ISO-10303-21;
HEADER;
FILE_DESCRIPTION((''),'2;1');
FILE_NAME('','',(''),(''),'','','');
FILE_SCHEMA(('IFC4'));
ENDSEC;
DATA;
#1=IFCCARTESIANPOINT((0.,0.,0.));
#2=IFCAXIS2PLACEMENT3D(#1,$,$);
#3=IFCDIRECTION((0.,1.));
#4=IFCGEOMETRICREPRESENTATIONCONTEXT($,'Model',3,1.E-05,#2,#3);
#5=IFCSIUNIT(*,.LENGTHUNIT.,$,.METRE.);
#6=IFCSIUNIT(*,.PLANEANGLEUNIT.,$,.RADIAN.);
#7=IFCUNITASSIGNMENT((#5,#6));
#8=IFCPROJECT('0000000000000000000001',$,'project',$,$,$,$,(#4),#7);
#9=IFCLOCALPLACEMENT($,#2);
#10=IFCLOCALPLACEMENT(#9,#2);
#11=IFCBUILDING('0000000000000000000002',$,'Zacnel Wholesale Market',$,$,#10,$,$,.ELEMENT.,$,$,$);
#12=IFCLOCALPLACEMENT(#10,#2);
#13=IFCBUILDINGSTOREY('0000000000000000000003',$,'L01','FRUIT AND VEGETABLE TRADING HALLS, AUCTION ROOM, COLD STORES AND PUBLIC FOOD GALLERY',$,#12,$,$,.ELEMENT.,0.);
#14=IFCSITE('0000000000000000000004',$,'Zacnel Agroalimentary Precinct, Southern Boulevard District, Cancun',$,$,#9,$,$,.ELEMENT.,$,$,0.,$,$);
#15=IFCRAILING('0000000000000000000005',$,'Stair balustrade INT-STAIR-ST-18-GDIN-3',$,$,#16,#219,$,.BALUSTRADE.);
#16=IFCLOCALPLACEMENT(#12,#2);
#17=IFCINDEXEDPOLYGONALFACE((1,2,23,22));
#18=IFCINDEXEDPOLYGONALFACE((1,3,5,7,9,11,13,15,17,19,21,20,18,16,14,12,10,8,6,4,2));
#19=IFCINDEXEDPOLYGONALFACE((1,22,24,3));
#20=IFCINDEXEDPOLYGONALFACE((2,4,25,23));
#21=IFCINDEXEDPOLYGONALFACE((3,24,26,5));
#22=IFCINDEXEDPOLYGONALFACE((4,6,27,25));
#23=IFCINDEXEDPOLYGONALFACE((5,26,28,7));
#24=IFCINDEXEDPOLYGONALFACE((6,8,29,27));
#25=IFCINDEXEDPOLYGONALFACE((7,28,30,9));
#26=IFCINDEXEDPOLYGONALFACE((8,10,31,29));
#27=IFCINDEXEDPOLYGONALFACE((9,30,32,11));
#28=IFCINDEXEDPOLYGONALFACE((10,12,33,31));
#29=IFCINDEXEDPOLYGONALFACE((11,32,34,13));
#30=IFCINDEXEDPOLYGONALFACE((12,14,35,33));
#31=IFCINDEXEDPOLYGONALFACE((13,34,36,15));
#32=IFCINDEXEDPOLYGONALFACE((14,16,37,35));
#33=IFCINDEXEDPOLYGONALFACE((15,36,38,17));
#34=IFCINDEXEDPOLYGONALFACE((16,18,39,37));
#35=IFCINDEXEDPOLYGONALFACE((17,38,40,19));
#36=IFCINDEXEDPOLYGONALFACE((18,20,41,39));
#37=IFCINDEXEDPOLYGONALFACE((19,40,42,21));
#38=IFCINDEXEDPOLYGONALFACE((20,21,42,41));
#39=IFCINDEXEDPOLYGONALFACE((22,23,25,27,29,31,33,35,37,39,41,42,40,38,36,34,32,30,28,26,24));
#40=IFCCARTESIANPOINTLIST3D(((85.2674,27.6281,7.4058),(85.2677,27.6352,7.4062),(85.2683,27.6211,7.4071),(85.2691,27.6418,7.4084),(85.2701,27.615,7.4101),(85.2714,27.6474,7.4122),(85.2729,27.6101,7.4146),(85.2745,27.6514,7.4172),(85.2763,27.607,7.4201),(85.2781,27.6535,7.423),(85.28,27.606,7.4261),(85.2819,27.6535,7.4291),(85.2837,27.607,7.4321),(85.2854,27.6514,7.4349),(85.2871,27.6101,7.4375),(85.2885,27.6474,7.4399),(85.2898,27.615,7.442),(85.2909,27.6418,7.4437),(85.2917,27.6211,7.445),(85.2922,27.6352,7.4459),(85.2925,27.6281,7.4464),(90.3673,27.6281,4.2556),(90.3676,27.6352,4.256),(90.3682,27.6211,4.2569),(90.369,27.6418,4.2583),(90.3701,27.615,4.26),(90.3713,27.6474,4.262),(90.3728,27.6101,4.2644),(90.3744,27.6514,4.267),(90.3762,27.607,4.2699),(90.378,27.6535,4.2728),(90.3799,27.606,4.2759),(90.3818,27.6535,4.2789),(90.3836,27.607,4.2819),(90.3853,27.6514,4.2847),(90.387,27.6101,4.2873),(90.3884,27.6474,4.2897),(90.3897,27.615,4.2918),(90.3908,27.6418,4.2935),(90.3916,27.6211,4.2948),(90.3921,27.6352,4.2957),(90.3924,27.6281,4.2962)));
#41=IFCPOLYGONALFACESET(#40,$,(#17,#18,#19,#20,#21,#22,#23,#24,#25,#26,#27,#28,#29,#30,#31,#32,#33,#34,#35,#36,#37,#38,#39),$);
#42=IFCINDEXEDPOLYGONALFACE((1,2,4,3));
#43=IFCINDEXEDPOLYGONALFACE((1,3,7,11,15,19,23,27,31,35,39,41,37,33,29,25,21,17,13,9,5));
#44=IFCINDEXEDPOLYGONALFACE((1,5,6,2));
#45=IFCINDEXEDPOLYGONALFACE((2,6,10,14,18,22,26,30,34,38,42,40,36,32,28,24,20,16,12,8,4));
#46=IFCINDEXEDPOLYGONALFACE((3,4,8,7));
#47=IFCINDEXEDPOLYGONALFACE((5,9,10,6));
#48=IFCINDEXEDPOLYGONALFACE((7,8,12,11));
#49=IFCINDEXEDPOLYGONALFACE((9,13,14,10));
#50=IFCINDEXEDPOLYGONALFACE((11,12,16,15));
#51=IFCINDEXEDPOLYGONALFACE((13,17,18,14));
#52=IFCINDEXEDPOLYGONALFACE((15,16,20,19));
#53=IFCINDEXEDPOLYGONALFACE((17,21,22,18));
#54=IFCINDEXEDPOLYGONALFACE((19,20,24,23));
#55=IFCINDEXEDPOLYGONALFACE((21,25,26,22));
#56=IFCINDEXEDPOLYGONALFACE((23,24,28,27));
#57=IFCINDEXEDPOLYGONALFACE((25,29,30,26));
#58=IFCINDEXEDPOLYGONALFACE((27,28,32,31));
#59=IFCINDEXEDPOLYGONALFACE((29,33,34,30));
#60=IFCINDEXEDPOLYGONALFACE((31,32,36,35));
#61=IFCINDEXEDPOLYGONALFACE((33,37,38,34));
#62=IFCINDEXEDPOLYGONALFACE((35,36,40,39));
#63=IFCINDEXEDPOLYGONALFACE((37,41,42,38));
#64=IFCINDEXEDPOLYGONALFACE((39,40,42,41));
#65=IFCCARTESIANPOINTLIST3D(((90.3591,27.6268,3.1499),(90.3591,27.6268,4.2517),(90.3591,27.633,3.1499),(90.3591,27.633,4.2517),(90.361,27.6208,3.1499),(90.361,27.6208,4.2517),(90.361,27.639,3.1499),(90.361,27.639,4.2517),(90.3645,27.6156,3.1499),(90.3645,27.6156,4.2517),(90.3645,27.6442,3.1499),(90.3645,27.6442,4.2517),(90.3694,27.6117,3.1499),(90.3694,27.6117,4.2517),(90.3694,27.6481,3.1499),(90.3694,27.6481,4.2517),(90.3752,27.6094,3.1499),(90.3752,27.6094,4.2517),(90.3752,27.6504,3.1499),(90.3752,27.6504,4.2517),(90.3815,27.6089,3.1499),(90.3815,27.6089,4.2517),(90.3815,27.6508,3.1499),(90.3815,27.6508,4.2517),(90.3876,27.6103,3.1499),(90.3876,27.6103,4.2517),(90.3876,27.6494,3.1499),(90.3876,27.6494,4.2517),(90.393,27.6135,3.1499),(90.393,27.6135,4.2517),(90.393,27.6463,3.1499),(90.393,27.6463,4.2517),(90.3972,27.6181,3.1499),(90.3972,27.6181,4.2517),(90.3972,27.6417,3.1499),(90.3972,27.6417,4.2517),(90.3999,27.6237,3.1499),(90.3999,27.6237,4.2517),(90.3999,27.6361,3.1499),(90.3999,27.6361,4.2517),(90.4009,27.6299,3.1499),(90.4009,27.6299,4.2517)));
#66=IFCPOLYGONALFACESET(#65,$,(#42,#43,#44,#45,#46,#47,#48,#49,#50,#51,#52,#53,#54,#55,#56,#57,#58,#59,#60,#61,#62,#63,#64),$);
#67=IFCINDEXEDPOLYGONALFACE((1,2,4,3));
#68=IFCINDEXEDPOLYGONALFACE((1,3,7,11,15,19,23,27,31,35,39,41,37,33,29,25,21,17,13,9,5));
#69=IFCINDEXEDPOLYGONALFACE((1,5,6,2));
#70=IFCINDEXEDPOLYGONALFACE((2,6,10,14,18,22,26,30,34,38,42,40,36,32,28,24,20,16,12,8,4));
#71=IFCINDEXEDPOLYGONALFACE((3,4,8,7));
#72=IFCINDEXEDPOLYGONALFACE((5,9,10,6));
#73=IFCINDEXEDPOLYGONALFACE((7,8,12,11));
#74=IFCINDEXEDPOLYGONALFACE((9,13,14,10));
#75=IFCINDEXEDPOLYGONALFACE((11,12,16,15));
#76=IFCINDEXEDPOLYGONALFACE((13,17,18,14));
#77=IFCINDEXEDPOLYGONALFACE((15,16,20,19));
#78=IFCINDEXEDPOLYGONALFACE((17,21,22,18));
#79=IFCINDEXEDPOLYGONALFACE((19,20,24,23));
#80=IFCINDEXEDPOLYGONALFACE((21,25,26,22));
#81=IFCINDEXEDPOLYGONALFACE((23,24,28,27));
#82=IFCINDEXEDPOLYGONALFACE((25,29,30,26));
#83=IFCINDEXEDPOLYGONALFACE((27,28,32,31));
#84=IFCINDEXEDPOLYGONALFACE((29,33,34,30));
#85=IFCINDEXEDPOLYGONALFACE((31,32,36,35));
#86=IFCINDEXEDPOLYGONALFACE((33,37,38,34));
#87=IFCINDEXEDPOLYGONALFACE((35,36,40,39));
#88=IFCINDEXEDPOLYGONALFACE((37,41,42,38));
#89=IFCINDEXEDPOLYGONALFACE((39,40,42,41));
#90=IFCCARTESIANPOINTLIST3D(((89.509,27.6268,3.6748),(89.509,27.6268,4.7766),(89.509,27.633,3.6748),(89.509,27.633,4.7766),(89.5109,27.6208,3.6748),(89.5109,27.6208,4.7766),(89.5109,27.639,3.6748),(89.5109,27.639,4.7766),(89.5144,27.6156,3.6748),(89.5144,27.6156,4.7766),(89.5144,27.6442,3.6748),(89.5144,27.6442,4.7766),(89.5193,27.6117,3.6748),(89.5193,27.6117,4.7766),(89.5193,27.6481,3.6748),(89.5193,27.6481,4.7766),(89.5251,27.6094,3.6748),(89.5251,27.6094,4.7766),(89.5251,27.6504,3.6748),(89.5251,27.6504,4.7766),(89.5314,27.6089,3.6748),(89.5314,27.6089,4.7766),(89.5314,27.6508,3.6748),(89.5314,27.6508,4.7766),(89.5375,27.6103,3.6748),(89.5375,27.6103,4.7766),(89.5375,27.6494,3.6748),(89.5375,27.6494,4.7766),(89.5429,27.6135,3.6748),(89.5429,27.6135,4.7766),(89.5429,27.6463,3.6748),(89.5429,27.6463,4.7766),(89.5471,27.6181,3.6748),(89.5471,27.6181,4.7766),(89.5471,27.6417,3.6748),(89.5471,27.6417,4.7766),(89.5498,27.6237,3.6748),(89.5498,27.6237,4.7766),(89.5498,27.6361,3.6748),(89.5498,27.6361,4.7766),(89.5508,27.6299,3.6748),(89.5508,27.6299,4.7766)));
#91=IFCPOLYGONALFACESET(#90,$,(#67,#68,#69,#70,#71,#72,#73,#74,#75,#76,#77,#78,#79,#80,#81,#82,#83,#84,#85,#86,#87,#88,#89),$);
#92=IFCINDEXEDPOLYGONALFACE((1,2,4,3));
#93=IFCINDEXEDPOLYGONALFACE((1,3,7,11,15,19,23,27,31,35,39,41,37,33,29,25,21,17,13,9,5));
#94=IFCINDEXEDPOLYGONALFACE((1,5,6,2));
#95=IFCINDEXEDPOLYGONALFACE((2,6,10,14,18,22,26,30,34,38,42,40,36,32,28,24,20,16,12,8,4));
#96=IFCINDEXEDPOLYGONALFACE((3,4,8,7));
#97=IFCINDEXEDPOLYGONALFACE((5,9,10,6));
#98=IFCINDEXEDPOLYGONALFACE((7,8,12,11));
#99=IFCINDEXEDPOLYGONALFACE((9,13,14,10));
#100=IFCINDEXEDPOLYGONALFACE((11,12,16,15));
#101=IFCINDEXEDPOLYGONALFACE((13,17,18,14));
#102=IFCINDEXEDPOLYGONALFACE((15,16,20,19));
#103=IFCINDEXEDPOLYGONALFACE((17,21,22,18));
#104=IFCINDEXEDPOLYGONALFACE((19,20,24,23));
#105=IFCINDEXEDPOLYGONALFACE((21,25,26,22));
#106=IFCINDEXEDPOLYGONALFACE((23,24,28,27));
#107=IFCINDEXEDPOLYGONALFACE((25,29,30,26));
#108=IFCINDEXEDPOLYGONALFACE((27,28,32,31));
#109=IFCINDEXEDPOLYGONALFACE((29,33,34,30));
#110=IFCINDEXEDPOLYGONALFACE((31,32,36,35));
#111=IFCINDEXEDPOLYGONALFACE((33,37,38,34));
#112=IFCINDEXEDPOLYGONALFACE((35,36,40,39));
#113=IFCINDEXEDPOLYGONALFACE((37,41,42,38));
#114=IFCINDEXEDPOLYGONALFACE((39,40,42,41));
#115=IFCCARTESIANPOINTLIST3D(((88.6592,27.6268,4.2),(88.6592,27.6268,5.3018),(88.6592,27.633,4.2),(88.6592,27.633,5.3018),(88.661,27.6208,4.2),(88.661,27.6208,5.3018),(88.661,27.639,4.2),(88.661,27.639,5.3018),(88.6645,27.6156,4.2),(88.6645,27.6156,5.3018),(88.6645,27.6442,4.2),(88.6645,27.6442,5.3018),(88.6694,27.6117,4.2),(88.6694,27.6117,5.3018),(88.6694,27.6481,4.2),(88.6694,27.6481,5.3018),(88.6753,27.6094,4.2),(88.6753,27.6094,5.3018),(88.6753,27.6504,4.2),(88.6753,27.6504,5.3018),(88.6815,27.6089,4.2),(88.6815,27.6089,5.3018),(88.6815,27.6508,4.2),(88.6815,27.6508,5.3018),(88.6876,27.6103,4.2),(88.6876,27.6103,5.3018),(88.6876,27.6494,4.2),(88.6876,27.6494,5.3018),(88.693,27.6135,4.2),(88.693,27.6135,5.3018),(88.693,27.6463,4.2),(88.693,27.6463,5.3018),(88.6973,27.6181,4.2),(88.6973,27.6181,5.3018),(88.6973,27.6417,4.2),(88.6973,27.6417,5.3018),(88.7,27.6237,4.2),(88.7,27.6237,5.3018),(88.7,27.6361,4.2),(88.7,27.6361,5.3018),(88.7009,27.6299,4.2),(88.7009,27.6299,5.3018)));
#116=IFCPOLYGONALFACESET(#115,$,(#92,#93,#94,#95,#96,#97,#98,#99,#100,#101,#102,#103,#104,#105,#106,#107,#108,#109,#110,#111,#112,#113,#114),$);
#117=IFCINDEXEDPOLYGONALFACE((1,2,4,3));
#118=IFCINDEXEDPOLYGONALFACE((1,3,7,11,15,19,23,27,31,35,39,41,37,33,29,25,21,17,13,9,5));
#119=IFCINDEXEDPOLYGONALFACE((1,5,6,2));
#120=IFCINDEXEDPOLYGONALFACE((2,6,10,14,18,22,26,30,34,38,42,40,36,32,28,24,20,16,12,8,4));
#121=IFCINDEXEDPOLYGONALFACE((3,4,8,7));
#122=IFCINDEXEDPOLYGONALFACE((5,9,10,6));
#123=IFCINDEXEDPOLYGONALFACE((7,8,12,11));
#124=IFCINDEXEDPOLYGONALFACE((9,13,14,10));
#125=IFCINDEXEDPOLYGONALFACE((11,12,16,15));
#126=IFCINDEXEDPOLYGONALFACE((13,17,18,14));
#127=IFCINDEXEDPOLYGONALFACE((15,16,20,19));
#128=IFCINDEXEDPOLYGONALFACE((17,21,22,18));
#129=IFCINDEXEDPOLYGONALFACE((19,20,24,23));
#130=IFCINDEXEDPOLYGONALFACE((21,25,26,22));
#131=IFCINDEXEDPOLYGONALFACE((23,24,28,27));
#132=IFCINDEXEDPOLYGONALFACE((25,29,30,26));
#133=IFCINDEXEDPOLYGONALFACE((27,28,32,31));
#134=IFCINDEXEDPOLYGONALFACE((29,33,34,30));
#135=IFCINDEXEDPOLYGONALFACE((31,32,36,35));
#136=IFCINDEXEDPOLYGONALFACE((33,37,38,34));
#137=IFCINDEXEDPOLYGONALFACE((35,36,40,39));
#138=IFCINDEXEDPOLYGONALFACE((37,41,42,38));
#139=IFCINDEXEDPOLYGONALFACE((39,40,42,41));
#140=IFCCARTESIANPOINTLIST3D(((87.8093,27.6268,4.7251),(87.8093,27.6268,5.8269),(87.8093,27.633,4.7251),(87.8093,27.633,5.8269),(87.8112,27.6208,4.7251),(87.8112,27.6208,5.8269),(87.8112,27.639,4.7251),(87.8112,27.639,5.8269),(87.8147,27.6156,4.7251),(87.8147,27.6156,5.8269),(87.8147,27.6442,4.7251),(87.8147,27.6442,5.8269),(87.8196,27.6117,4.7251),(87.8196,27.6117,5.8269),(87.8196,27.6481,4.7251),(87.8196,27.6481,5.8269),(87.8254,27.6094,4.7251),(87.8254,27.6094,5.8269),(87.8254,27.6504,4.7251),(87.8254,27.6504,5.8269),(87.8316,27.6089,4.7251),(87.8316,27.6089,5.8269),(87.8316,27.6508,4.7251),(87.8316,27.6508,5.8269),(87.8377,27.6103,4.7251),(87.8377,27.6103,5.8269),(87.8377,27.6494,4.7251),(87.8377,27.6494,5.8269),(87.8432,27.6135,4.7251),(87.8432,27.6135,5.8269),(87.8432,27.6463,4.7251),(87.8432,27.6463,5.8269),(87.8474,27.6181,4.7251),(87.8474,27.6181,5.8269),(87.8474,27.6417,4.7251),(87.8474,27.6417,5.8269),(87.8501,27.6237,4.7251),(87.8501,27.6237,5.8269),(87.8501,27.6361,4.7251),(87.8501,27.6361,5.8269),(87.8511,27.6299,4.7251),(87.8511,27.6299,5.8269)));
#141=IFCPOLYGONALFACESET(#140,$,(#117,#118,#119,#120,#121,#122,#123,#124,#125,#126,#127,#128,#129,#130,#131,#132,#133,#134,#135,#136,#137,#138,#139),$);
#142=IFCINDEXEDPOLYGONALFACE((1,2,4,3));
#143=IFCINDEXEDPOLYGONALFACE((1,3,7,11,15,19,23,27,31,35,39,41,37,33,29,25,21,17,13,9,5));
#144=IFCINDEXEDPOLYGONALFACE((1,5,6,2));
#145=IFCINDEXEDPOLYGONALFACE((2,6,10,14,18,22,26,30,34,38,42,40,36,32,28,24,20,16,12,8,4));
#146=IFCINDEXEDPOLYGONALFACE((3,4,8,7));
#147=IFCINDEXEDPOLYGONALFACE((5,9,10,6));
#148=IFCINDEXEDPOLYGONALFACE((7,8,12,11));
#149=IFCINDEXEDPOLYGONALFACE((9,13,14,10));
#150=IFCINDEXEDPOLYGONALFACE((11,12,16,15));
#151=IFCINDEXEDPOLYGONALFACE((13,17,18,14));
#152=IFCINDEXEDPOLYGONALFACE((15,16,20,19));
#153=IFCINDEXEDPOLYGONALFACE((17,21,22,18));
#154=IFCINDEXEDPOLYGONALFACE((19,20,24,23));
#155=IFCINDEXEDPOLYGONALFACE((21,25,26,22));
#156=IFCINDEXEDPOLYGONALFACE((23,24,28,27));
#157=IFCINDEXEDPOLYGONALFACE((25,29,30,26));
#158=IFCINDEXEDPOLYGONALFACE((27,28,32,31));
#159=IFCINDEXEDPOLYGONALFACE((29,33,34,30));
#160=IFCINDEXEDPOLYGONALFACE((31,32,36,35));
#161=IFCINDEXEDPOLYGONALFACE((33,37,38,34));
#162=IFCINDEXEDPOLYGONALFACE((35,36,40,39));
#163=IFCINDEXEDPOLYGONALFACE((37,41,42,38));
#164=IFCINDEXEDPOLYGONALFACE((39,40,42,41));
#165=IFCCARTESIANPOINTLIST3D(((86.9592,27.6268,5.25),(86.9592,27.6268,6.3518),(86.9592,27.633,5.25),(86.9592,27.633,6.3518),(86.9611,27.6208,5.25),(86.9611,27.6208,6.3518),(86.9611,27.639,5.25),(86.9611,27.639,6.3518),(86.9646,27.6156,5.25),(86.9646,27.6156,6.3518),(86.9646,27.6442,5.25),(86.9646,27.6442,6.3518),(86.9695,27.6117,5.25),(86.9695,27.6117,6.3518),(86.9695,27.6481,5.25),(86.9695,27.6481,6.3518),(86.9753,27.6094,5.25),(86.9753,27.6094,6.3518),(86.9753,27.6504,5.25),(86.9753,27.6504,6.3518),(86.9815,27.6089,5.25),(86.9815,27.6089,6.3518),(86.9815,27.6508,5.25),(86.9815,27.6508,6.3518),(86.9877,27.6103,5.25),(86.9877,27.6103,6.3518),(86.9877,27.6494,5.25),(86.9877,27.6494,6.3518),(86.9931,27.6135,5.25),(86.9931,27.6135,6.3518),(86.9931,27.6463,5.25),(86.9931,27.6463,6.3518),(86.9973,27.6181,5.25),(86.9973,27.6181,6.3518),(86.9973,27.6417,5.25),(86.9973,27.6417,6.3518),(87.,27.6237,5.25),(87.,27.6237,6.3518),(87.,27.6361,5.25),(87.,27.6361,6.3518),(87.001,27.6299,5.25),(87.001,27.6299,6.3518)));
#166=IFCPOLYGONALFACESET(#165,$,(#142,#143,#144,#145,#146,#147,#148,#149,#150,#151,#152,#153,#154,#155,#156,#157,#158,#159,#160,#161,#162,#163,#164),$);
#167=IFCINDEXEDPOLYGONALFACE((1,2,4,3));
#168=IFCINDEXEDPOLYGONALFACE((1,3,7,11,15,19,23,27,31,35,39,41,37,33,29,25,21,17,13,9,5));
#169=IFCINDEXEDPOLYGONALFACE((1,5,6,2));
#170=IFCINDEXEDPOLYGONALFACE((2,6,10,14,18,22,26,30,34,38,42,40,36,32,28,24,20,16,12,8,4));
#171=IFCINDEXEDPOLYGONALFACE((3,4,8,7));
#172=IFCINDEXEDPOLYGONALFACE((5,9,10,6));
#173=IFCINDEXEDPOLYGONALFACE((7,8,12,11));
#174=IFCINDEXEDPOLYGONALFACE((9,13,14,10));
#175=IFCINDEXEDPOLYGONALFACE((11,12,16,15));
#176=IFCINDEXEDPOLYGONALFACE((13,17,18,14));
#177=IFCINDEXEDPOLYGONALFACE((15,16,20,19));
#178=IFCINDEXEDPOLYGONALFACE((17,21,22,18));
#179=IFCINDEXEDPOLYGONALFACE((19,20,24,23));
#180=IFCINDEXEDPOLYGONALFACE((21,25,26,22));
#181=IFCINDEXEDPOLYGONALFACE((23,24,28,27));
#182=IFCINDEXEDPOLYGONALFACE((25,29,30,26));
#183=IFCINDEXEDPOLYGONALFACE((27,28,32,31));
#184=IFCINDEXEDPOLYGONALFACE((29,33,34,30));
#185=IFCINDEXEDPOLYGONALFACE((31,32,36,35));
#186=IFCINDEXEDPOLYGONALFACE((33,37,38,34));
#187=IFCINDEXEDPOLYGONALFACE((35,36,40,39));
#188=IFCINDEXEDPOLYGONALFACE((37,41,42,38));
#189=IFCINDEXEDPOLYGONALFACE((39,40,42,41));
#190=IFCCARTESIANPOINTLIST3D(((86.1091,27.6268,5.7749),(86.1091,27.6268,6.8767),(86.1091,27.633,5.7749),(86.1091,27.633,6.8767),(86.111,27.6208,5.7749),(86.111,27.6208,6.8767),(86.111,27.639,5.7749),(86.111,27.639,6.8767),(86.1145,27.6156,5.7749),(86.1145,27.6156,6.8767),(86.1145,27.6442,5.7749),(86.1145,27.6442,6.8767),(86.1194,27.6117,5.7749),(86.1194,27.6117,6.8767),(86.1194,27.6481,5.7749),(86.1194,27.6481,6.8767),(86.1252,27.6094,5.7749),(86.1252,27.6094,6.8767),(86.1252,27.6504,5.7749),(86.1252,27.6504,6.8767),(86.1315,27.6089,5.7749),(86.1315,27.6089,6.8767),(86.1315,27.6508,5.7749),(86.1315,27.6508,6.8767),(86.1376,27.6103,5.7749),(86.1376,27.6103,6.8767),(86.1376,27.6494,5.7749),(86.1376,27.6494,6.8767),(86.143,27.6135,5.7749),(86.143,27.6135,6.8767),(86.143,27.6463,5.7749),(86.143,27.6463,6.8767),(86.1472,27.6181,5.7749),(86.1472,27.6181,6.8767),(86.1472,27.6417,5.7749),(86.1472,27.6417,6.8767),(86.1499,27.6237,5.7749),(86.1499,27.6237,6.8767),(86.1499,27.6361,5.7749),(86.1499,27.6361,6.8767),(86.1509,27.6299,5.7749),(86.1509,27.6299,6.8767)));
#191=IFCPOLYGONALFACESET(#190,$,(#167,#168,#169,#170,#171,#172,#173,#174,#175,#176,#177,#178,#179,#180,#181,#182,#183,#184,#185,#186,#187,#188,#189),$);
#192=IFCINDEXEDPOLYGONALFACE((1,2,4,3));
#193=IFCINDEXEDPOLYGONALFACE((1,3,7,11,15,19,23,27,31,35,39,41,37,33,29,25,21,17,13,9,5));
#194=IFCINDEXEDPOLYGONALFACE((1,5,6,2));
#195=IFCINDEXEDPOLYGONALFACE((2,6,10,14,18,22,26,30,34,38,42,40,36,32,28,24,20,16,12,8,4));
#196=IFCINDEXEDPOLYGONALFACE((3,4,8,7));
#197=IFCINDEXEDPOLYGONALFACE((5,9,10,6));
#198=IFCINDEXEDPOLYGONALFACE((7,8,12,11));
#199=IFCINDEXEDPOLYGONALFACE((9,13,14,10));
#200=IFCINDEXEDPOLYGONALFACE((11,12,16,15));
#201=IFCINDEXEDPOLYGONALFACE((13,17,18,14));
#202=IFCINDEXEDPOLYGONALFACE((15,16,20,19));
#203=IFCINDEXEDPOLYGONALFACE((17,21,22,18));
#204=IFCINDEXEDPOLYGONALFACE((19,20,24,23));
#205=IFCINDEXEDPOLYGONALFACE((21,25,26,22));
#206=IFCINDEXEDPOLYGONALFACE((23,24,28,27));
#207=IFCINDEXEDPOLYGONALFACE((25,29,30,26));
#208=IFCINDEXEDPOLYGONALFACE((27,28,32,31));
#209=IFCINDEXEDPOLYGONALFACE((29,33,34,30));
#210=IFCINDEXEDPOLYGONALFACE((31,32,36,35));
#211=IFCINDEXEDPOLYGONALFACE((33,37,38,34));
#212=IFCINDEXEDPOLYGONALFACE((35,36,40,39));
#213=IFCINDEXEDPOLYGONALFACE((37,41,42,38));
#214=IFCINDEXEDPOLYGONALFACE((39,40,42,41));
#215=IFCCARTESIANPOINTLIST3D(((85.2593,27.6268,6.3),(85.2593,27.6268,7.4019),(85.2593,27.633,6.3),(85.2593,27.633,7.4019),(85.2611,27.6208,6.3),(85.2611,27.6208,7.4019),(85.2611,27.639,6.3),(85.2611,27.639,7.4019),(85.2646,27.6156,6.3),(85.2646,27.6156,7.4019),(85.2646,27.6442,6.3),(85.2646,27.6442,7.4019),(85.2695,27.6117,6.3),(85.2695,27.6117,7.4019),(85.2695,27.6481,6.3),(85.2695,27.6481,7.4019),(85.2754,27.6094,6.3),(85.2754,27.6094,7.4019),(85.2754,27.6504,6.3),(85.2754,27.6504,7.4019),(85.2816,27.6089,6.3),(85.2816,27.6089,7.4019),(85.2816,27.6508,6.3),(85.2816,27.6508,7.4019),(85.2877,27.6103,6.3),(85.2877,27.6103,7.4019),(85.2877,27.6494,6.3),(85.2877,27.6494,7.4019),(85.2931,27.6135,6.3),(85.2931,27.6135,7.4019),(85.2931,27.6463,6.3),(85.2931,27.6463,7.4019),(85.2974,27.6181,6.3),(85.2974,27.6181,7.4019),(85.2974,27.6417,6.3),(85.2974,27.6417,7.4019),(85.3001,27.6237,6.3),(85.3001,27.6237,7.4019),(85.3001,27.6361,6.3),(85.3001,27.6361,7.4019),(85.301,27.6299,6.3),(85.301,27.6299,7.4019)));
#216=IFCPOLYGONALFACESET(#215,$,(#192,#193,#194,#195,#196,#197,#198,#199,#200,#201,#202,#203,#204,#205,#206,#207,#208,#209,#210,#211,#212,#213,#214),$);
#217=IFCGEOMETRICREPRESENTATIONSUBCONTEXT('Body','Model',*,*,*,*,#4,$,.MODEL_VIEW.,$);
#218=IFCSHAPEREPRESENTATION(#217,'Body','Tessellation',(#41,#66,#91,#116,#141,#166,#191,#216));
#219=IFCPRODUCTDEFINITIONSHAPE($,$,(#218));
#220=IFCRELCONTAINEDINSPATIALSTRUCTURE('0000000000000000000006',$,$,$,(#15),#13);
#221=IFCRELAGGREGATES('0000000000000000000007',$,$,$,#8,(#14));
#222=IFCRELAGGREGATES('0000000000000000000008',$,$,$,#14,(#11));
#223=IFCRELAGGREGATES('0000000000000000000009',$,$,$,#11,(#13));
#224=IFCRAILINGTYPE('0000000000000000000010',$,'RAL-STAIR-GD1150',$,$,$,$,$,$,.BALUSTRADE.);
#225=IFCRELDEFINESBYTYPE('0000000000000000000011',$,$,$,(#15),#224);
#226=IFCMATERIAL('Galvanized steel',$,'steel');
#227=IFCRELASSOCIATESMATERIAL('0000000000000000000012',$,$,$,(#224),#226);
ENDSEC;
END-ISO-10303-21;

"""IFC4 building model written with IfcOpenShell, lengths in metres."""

from ifc_helpers import new_model, si_unit, direction, frame, origin, origin_2d, place, context, subcontext, project, spatial, circle, extrude, material, type_object, element, save


model = new_model("IFC4")

# Units and contexts
model_context = context("Model", 3, precision=1e-05, world=origin(), true_north=direction((0.0, 1.0)))
body_context = subcontext(model_context, "Body", "Model", "MODEL_VIEW")
ifc_project = project(units=[si_unit("LENGTHUNIT", "METRE"), si_unit("PLANEANGLEUNIT", "RADIAN")], contexts=[model_context])

# Site, building, storey
site_placement = place(None, origin())
site = spatial("IfcSite", under=ifc_project, at=site_placement, Name="Zacnel Agroalimentary Precinct, Southern Boulevard District, Cancun", CompositionType="ELEMENT", RefElevation=0.0)
building_placement = place(site_placement, origin())
building = spatial("IfcBuilding", under=site, at=building_placement, Name="Zacnel Wholesale Market", CompositionType="ELEMENT")
storey_placement = place(building_placement, origin())
storey = spatial("IfcBuildingStorey", under=building, at=storey_placement, Name="L01", Description="FRUIT AND VEGETABLE TRADING HALLS, AUCTION ROOM, COLD STORES AND PUBLIC FOOD GALLERY", CompositionType="ELEMENT", Elevation=0.0)

# Railing
ifc_material_1 = material(Name="Galvanized steel", Category="steel")
railing_type = type_object("IfcRailingType", Name="RAL-STAIR-GD1150", PredefinedType="BALUSTRADE", material=ifc_material_1)
railing_1_placement = place(storey_placement, frame((90.3799, 27.6299, 3.1499)))
element("IfcRailing", 1, at=railing_1_placement, inside=storey, type_object=railing_type, Name="Stair balustrade INT-STAIR-ST-18-GDIN-3", PredefinedType="BALUSTRADE", context=body_context, shape_type="SweptSolid", body=[
    extrude(circle(Radius=0.0239, at=origin_2d()), frame((0.0, 0.0, 1.126), z_axis=(-0.85078, 0.0, 0.525521), x_axis=(0.0, -1.0, 0.0)), (0.0, 0.0, 1.0), 5.9944),
    extrude(circle(Radius=0.021, at=origin_2d()), origin(), (0.0, 0.0, 1.0), 1.1018),
    extrude(circle(Radius=0.021, at=origin_2d()), frame((-0.8501, 0.0, 0.5249)), (0.0, 0.0, 1.0), 1.1018),
    extrude(circle(Radius=0.021, at=origin_2d()), frame((-1.7, 0.0, 1.05)), (0.0, 0.0, 1.0), 1.1018),
    extrude(circle(Radius=0.021, at=origin_2d()), frame((-2.5498, 0.0, 1.5752)), (0.0, 0.0, 1.0), 1.1018),
    extrude(circle(Radius=0.021, at=origin_2d()), frame((-3.3999, 0.0, 2.1001)), (0.0, 0.0, 1.0), 1.1018),
    extrude(circle(Radius=0.021, at=origin_2d()), frame((-4.25, 0.0, 2.625)), (0.0, 0.0, 1.0), 1.1018),
    extrude(circle(Radius=0.021, at=origin_2d()), frame((-5.0999, 0.0, 3.1501)), (0.0, 0.0, 1.0), 1.1018),
])

save(model, "model.ifc")
